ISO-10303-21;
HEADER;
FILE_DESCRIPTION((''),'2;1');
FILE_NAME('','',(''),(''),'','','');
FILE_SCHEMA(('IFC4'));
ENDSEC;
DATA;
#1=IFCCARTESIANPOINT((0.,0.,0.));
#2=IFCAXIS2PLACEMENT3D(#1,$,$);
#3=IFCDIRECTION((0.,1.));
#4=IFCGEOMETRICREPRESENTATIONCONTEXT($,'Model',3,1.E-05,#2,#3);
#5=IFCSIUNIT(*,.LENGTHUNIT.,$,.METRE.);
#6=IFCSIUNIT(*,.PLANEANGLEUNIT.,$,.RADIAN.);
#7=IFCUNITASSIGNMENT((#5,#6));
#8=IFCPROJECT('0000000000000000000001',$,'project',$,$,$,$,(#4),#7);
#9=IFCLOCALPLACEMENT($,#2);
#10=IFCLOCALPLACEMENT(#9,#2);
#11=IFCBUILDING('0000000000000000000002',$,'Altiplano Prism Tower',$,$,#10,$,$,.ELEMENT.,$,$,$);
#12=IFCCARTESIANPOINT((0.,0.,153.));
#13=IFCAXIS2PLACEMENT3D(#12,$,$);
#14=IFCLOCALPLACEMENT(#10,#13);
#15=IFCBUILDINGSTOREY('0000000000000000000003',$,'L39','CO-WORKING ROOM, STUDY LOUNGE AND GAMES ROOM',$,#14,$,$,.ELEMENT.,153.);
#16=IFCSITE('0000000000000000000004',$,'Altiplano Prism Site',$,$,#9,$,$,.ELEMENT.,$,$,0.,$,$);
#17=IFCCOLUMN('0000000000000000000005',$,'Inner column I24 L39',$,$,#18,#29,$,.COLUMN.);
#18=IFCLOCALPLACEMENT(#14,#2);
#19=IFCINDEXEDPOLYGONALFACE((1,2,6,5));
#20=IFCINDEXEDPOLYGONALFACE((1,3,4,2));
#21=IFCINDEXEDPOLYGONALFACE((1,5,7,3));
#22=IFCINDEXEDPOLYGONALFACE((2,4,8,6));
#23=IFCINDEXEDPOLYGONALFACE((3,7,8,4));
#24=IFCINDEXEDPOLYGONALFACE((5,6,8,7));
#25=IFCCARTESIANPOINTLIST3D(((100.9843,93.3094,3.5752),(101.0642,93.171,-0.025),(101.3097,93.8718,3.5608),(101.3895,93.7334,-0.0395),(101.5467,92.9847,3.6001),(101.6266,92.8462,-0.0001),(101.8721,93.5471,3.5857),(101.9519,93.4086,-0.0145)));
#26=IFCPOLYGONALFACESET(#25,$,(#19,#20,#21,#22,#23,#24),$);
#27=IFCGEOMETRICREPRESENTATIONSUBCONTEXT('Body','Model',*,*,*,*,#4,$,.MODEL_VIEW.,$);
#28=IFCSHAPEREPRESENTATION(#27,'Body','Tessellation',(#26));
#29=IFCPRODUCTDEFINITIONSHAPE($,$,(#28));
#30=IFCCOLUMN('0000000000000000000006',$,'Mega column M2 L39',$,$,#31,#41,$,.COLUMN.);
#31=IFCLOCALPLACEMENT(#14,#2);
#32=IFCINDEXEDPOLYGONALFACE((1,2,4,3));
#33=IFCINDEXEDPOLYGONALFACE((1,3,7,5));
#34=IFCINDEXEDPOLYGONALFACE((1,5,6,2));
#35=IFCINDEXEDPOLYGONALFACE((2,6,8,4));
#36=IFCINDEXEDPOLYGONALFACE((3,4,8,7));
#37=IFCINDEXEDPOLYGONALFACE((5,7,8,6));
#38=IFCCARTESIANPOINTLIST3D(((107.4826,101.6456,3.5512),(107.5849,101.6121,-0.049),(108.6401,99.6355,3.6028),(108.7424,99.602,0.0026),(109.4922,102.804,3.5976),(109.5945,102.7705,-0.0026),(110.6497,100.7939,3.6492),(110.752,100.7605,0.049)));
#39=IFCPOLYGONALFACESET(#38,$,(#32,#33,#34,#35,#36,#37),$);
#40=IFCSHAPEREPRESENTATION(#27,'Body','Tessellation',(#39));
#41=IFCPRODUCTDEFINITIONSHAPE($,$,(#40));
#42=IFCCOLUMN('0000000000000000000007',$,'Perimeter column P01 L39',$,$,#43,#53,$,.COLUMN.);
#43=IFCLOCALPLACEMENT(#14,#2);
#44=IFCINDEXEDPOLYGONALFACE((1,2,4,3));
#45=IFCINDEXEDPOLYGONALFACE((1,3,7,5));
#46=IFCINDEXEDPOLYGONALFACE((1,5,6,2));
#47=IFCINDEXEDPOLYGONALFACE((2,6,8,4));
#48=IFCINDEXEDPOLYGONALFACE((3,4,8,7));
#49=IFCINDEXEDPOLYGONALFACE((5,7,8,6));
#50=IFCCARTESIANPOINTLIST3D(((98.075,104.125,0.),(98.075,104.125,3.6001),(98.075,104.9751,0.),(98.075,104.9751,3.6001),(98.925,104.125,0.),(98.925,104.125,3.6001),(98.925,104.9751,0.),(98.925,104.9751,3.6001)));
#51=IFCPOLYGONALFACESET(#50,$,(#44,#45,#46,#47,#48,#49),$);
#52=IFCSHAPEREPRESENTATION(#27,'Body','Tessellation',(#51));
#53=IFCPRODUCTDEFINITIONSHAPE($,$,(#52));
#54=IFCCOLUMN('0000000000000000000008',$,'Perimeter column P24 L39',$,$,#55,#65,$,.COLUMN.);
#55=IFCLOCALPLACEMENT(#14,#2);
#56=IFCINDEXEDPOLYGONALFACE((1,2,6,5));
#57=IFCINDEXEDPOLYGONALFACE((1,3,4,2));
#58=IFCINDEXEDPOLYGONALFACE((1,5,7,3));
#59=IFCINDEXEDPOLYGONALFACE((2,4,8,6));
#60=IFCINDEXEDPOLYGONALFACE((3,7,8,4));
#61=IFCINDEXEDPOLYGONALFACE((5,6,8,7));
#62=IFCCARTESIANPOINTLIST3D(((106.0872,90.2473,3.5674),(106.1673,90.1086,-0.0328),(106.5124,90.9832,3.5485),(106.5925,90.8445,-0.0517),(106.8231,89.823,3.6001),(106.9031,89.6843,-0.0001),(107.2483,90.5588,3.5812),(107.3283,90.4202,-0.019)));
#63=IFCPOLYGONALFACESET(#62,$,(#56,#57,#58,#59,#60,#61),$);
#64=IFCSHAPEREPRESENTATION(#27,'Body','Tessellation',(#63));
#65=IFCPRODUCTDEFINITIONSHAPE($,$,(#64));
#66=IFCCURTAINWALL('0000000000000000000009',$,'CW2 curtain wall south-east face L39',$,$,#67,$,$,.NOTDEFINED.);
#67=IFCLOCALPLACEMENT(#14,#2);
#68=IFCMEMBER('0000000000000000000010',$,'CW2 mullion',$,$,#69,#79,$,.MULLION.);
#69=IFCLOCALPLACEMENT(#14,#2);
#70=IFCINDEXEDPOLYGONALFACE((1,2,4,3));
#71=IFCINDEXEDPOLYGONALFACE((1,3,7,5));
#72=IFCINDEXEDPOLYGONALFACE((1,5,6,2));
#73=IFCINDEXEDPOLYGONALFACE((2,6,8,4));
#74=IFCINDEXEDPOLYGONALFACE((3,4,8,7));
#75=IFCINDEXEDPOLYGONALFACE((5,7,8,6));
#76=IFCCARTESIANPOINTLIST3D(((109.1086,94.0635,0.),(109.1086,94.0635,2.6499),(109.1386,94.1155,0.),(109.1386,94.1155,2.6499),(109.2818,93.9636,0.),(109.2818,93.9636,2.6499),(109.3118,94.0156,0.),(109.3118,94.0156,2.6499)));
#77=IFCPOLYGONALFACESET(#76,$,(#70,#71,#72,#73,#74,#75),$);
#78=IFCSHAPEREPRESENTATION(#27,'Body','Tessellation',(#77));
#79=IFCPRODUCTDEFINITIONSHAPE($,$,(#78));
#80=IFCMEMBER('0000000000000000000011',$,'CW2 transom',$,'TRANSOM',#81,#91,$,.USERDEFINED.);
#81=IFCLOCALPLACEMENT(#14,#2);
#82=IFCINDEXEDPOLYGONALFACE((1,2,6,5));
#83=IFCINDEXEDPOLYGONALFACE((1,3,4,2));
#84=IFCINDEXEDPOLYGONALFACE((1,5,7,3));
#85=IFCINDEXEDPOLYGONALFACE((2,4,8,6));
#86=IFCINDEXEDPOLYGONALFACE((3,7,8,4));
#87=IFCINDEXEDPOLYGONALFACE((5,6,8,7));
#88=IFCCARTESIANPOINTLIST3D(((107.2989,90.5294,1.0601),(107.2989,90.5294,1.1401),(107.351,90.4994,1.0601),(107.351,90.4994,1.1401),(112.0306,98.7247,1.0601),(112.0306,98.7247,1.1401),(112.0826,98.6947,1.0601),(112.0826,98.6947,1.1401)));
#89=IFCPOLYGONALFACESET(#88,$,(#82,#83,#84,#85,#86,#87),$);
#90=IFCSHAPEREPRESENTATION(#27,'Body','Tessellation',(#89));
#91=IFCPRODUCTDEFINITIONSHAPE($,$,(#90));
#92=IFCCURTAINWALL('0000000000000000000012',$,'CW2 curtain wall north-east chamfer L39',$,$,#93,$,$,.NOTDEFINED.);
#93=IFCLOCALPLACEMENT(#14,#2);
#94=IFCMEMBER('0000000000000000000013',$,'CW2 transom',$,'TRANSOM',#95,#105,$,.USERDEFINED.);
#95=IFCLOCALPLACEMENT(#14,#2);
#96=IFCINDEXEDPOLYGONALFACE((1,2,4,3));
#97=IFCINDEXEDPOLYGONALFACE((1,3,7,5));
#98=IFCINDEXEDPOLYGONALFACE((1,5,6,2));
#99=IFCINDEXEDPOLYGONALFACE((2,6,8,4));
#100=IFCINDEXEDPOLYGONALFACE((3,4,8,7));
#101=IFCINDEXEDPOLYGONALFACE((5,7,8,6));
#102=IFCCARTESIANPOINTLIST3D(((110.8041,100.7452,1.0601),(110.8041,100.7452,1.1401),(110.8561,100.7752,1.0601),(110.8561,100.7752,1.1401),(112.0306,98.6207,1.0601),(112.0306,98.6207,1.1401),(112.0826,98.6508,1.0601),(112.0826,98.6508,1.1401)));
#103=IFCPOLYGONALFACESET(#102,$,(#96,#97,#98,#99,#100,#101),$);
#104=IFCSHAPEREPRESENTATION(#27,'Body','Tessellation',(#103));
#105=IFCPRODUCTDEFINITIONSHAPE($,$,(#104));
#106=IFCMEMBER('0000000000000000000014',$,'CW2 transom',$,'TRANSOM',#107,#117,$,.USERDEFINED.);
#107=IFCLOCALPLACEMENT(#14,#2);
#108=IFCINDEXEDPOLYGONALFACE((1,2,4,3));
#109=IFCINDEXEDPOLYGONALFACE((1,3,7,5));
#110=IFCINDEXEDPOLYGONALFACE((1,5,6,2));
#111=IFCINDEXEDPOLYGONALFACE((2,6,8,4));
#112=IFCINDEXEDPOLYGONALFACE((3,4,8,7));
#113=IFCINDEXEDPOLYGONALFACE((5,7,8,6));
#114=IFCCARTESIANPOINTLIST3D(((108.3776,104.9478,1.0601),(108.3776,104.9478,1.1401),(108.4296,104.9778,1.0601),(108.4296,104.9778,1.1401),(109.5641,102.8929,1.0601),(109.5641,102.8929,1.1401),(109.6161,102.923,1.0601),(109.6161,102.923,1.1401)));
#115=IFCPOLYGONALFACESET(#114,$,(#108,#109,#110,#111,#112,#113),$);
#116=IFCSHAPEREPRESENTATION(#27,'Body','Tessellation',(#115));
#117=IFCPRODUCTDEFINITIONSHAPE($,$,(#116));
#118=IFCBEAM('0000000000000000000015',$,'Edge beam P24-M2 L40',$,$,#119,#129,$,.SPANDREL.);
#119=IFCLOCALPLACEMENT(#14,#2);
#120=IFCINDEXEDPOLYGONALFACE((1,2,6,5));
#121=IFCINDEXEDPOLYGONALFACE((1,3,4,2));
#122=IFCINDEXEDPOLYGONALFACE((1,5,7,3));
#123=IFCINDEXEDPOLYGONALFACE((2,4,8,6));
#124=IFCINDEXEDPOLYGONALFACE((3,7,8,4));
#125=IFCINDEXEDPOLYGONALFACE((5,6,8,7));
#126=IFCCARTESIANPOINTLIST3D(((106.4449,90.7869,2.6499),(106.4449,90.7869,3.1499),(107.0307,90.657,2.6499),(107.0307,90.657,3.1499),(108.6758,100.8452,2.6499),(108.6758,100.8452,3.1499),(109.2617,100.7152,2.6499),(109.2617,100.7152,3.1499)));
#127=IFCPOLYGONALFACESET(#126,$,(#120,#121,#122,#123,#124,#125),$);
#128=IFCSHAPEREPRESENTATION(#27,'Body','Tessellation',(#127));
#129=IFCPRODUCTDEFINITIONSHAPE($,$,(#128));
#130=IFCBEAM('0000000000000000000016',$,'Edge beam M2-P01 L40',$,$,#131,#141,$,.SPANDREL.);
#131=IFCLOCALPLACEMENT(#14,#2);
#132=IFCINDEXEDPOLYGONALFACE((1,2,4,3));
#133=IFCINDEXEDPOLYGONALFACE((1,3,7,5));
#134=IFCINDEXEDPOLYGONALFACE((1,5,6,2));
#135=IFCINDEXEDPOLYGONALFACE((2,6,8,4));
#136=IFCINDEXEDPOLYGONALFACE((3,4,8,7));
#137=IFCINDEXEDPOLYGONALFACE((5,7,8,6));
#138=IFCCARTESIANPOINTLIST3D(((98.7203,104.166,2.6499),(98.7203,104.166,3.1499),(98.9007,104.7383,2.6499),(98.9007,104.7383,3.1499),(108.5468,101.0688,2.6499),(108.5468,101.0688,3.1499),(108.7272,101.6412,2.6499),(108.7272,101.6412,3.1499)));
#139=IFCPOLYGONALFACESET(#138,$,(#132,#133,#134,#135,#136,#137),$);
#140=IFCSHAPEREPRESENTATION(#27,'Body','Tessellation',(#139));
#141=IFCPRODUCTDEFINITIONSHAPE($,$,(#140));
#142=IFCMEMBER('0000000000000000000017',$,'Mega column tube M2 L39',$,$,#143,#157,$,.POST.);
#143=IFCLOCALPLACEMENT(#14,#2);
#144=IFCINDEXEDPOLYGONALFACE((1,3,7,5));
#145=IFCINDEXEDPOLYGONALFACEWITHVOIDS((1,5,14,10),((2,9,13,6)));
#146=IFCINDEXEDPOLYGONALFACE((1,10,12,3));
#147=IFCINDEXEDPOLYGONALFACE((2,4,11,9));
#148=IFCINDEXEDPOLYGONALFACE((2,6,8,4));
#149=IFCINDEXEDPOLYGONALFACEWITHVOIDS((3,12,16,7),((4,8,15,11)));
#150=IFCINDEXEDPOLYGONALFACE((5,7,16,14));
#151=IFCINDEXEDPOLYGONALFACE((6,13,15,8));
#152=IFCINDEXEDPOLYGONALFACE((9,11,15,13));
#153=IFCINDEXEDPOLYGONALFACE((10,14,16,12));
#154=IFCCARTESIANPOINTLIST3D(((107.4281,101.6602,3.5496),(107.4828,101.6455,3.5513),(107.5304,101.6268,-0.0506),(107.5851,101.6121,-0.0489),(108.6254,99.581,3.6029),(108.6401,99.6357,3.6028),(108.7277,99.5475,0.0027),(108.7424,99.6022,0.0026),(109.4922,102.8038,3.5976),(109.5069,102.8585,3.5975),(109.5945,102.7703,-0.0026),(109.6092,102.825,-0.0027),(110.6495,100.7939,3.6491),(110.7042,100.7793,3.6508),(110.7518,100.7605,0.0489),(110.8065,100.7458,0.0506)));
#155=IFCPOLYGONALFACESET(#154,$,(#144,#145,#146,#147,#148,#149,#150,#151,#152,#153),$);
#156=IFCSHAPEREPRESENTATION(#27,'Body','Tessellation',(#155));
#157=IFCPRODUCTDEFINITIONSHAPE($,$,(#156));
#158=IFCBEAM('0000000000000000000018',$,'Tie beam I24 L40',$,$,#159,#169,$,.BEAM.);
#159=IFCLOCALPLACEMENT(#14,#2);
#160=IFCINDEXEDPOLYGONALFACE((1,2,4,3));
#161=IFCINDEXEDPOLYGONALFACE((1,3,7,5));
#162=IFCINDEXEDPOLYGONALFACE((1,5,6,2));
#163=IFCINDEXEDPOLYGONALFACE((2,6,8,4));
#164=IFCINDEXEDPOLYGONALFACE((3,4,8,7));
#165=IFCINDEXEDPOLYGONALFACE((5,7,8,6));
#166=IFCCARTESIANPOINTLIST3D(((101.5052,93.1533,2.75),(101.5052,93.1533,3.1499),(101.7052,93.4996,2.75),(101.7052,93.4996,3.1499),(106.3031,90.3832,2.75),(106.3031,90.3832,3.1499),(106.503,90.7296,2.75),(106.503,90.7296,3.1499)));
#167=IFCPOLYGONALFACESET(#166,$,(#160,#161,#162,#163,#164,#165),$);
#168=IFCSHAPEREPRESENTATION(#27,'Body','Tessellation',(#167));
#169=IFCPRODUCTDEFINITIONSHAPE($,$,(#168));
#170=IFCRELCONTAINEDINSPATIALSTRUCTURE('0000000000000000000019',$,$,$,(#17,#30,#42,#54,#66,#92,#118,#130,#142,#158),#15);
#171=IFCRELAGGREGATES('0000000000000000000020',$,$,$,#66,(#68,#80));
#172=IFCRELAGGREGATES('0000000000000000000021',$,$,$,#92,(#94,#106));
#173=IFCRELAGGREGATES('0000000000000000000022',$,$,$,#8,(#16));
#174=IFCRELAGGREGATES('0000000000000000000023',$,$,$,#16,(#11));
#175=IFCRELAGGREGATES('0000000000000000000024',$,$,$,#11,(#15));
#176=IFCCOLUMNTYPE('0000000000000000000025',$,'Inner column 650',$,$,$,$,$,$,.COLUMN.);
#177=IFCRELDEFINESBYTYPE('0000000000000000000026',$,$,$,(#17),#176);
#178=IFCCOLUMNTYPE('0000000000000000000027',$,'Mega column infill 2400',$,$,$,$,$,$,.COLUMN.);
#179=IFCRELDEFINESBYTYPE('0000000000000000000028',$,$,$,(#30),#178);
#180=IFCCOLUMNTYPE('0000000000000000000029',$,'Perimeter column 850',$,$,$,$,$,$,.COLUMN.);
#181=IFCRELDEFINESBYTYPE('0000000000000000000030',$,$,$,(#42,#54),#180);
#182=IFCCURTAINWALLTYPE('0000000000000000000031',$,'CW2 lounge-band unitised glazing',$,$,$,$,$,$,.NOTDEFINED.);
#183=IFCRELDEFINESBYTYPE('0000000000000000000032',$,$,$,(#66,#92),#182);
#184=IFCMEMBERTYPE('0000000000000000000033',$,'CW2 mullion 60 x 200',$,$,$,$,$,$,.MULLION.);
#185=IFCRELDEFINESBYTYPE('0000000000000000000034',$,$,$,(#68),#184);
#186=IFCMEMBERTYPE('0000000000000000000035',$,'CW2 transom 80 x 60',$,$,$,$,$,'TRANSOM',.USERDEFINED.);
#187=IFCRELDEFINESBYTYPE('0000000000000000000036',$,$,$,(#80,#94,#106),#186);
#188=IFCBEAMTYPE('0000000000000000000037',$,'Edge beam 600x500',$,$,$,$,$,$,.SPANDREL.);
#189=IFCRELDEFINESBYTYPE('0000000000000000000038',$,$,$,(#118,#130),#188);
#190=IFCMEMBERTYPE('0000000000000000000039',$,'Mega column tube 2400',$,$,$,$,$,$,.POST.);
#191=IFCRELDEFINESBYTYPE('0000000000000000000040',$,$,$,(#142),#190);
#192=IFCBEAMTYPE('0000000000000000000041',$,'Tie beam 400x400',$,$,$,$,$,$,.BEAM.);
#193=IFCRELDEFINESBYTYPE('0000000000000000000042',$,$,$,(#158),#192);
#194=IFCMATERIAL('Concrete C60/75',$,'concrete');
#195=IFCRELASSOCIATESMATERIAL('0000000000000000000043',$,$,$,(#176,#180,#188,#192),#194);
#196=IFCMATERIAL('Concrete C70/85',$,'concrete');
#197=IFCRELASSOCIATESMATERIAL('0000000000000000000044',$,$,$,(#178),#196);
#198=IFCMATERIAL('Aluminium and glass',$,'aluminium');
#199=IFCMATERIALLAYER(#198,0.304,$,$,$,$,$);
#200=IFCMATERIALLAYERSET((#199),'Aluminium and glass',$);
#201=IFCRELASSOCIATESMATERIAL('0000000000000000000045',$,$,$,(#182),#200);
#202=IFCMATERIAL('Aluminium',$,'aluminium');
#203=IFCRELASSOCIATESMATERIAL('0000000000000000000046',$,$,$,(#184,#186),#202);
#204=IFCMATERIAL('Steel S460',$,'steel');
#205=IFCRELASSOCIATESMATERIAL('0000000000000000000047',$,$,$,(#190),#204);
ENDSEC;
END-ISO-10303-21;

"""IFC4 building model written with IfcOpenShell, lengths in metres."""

from ifc_helpers import new_model, si_unit, direction, frame, origin, origin_2d, place, context, subcontext, project, spatial, rectangle, hollow_rectangle, extrude, material, layer, layer_set, material_profile, profile_set, type_object, element, aggregate, save


model = new_model("IFC4")

# Units and contexts
model_context = context("Model", 3, precision=1e-05, world=origin(), true_north=direction((0.0, 1.0)))
body_context = subcontext(model_context, "Body", "Model", "MODEL_VIEW")
ifc_project = project(units=[si_unit("LENGTHUNIT", "METRE"), si_unit("PLANEANGLEUNIT", "RADIAN")], contexts=[model_context])

# Site, building, storey
site_placement = place(None, origin())
site = spatial("IfcSite", under=ifc_project, at=site_placement, Name="Altiplano Prism Site", CompositionType="ELEMENT", RefElevation=0.0)
building_placement = place(site_placement, origin())
building = spatial("IfcBuilding", under=site, at=building_placement, Name="Altiplano Prism Tower", CompositionType="ELEMENT")
storey_placement = place(building_placement, frame((0.0, 0.0, 153.0)))
storey = spatial("IfcBuildingStorey", under=building, at=storey_placement, Name="L39", Description="CO-WORKING ROOM, STUDY LOUNGE AND GAMES ROOM", CompositionType="ELEMENT", Elevation=153.0)

# Columns
ifc_material_1 = material(Name="Concrete C60/75", Category="concrete")
ifc_material_profile_1 = material_profile(ifc_material_1, rectangle(XDim=0.6499, YDim=0.6499, at=origin_2d()), Name="Inner column 650")
ifc_profile_set_1 = profile_set([ifc_material_profile_1], Name="Concrete C60/75")
column_type_1 = type_object("IfcColumnType", Name="Inner column 650", PredefinedType="COLUMN", material=ifc_profile_set_1)
column_1_placement = place(storey_placement, frame((101.5081, 93.2898, -0.0198), z_axis=(-0.022154, 0.038413, 0.999016), x_axis=(-0.500657, -0.865362, 0.022172)))
element("IfcColumn", 1, at=column_1_placement, inside=storey, type_object=column_type_1, Name="Inner column I24 L39", PredefinedType="COLUMN", context=body_context, shape_type="SweptSolid", body=[
    extrude(rectangle(XDim=0.6499, YDim=0.6499, at=origin_2d()), origin(), (0.0, 0.0, 1.0), 3.6038),
])
ifc_material_2 = material(Name="Concrete C70/85", Category="concrete")
ifc_material_profile_2 = material_profile(ifc_material_2, rectangle(XDim=2.3201, YDim=2.3201, at=origin_2d()), Name="Mega column infill 2400")
ifc_profile_set_2 = profile_set([ifc_material_profile_2], Name="Concrete C70/85")
column_type_2 = type_object("IfcColumnType", Name="Mega column infill 2400", PredefinedType="COLUMN", material=ifc_profile_set_2)
column_2_placement = place(storey_placement, frame((109.1685, 101.1863, 0.0), z_axis=(-0.028402, 0.009287, 0.999553), x_axis=(0.498892, -0.866379, 0.022225)))
element("IfcColumn", 2, at=column_2_placement, inside=storey, type_object=column_type_2, Name="Mega column M2 L39", PredefinedType="COLUMN", context=body_context, shape_type="SweptSolid", body=[
    extrude(rectangle(XDim=2.3201, YDim=2.3201, at=origin_2d()), origin(), (0.0, 0.0, 1.0), 3.6018),
])
ifc_material_profile_3 = material_profile(ifc_material_1, rectangle(XDim=0.8501, YDim=0.8501, at=origin_2d()), Name="Perimeter column 850")
ifc_profile_set_3 = profile_set([ifc_material_profile_3], Name="Concrete C60/75")
column_type_3 = type_object("IfcColumnType", Name="Perimeter column 850", PredefinedType="COLUMN", material=ifc_profile_set_3)
column_3_placement = place(storey_placement, frame((98.5, 104.55, 0.0), z_axis=(0.0, 0.0, 1.0), x_axis=(1.0, 0.0, 0.0)))
element("IfcColumn", 3, at=column_3_placement, inside=storey, type_object=column_type_3, Name="Perimeter column P01 L39", PredefinedType="COLUMN", context=body_context, shape_type="SweptSolid", body=[
    extrude(rectangle(XDim=0.8501, YDim=0.8501, at=origin_2d()), origin(), (0.0, 0.0, 1.0), 3.6001),
])
column_4_placement = place(storey_placement, frame((106.7478, 90.2644, -0.0259), z_axis=(-0.022221, 0.038481, 0.999012), x_axis=(-0.500175, -0.865639, 0.022218)))
element("IfcColumn", 4, at=column_4_placement, inside=storey, type_object=column_type_3, Name="Perimeter column P24 L39", PredefinedType="COLUMN", context=body_context, shape_type="SweptSolid", body=[
    extrude(rectangle(XDim=0.8501, YDim=0.8501, at=origin_2d()), origin(), (0.0, 0.0, 1.0), 3.6038),
])

# Curtain walls, members
ifc_material_3 = material(Name="Aluminium and glass", Category="aluminium")
ifc_layer_1 = layer(ifc_material_3, 0.304)
ifc_layer_set_1 = layer_set([ifc_layer_1], Name="Aluminium and glass")
curtain_wall_type = type_object("IfcCurtainWallType", Name="CW2 lounge-band unitised glazing", PredefinedType="NOTDEFINED", material=ifc_layer_set_1)
curtain_wall_1_placement = place(storey_placement, origin())
curtain_wall_1 = element("IfcCurtainWall", 5, at=curtain_wall_1_placement, inside=storey, type_object=curtain_wall_type, Name="CW2 curtain wall south-east face L39", PredefinedType="NOTDEFINED")
ifc_material_4 = material(Name="Aluminium", Category="aluminium")
ifc_material_profile_4 = material_profile(ifc_material_4, rectangle(XDim=0.2, YDim=0.0601, at=origin_2d()), Name="CW2 mullion 60 x 200")
ifc_profile_set_4 = profile_set([ifc_material_profile_4], Name="Aluminium")
member_type_1 = type_object("IfcMemberType", Name="CW2 mullion 60 x 200", PredefinedType="MULLION", material=ifc_profile_set_4)
member_1_placement = place(storey_placement, frame((109.2102, 94.0396, 0.0), z_axis=(0.0, 0.0, 1.0), x_axis=(-0.866025, 0.5, 0.0)))
member_1 = element("IfcMember", 6, at=member_1_placement, type_object=member_type_1, Name="CW2 mullion", PredefinedType="MULLION", context=body_context, shape_type="SweptSolid", body=[
    extrude(rectangle(XDim=0.2, YDim=0.0601, at=origin_2d()), origin(), (0.0, 0.0, 1.0), 2.6499),
])
ifc_material_profile_5 = material_profile(ifc_material_4, rectangle(XDim=0.0601, YDim=0.0801, at=origin_2d()), Name="CW2 transom 80 x 60")
ifc_profile_set_5 = profile_set([ifc_material_profile_5], Name="Aluminium")
member_type_2 = type_object("IfcMemberType", Name="CW2 transom 80 x 60", ElementType="TRANSOM", PredefinedType="USERDEFINED", material=ifc_profile_set_5)
member_2_placement = place(storey_placement, frame((107.325, 90.5144, 1.1001), z_axis=(0.50001, 0.86602, 0.0), x_axis=(-0.86602, 0.50001, 0.0)))
member_2 = element("IfcMember", 7, at=member_2_placement, type_object=member_type_2, Name="CW2 transom", ObjectType="TRANSOM", PredefinedType="USERDEFINED", context=body_context, shape_type="SweptSolid", body=[
    extrude(rectangle(XDim=0.0601, YDim=0.0801, at=origin_2d()), origin(), (0.0, 0.0, 1.0), 9.4631),
])
curtain_wall_2_placement = place(storey_placement, origin())
curtain_wall_2 = element("IfcCurtainWall", 8, at=curtain_wall_2_placement, inside=storey, type_object=curtain_wall_type, Name="CW2 curtain wall north-east chamfer L39", PredefinedType="NOTDEFINED")
member_3_placement = place(storey_placement, frame((112.0566, 98.6357, 1.1001), z_axis=(-0.499992, 0.86603, 0.0), x_axis=(-0.86603, -0.499992, 0.0)))
member_3 = element("IfcMember", 9, at=member_3_placement, type_object=member_type_2, Name="CW2 transom", ObjectType="TRANSOM", PredefinedType="USERDEFINED", context=body_context, shape_type="SweptSolid", body=[
    extrude(rectangle(XDim=0.0601, YDim=0.0801, at=origin_2d()), origin(), (0.0, 0.0, 1.0), 2.4531),
])
member_4_placement = place(storey_placement, frame((109.5901, 102.908, 1.1001), z_axis=(-0.500034, 0.866006, 0.0), x_axis=(-0.866006, -0.500034, 0.0)))
member_4 = element("IfcMember", 10, at=member_4_placement, type_object=member_type_2, Name="CW2 transom", ObjectType="TRANSOM", PredefinedType="USERDEFINED", context=body_context, shape_type="SweptSolid", body=[
    extrude(rectangle(XDim=0.0601, YDim=0.0801, at=origin_2d()), origin(), (0.0, 0.0, 1.0), 2.3728),
])

# Beams
ifc_material_profile_6 = material_profile(ifc_material_1, rectangle(XDim=0.6001, YDim=0.5, at=origin_2d()), Name="Edge beam 600x500")
ifc_profile_set_6 = profile_set([ifc_material_profile_6], Name="Concrete C60/75")
beam_type_1 = type_object("IfcBeamType", Name="Edge beam 600x500", PredefinedType="SPANDREL", material=ifc_profile_set_6)
beam_1_placement = place(storey_placement, frame((106.7378, 90.7219, 2.8999), z_axis=(0.216539, 0.976274, 0.0), x_axis=(-0.976274, 0.216539, 0.0)))
element("IfcBeam", 11, at=beam_1_placement, inside=storey, type_object=beam_type_1, Name="Edge beam P24-M2 L40", PredefinedType="SPANDREL", context=body_context, shape_type="SweptSolid", body=[
    extrude(rectangle(XDim=0.6001, YDim=0.5, at=origin_2d()), origin(), (0.0, 0.0, 1.0), 10.3027),
])
beam_2_placement = place(storey_placement, frame((108.637, 101.355, 2.8999), z_axis=(-0.953747, 0.30061, 0.0), x_axis=(-0.30061, -0.953747, 0.0)))
element("IfcBeam", 12, at=beam_2_placement, inside=storey, type_object=beam_type_1, Name="Edge beam M2-P01 L40", PredefinedType="SPANDREL", context=body_context, shape_type="SweptSolid", body=[
    extrude(rectangle(XDim=0.6001, YDim=0.5, at=origin_2d()), origin(), (0.0, 0.0, 1.0), 10.303),
])

# Member
ifc_material_5 = material(Name="Steel S460", Category="steel")
ifc_material_profile_7 = material_profile(ifc_material_5, hollow_rectangle(XDim=2.3999, YDim=2.3999, WallThickness=0.04, at=origin_2d()), Name="Mega column tube 2400")
ifc_profile_set_7 = profile_set([ifc_material_profile_7], Name="Steel S460")
member_type_3 = type_object("IfcMemberType", Name="Mega column tube 2400", PredefinedType="POST", material=ifc_profile_set_7)
member_5_placement = place(storey_placement, frame((109.1685, 101.1863, 0.0), z_axis=(-0.028402, 0.009287, 0.999553), x_axis=(0.498892, -0.866379, 0.022225)))
element("IfcMember", 13, at=member_5_placement, inside=storey, type_object=member_type_3, Name="Mega column tube M2 L39", PredefinedType="POST", context=body_context, shape_type="SweptSolid", body=[
    extrude(hollow_rectangle(XDim=2.3999, YDim=2.3999, WallThickness=0.04, at=origin_2d()), origin(), (0.0, 0.0, 1.0), 3.6018),
])

# Beam
ifc_material_profile_8 = material_profile(ifc_material_1, rectangle(XDim=0.3999, YDim=0.3999, at=origin_2d()), Name="Tie beam 400x400")
ifc_profile_set_8 = profile_set([ifc_material_profile_8], Name="Concrete C60/75")
beam_type_2 = type_object("IfcBeamType", Name="Tie beam 400x400", PredefinedType="BEAM", material=ifc_profile_set_8)
beam_3_placement = place(storey_placement, frame((101.6052, 93.3264, 2.95), z_axis=(0.866027, -0.499997, 0.0), x_axis=(0.499997, 0.866027, 0.0)))
element("IfcBeam", 14, at=beam_3_placement, inside=storey, type_object=beam_type_2, Name="Tie beam I24 L40", PredefinedType="BEAM", context=body_context, shape_type="SweptSolid", body=[
    extrude(rectangle(XDim=0.3999, YDim=0.3999, at=origin_2d()), origin(), (0.0, 0.0, 1.0), 5.54),
])

aggregate(curtain_wall_1, [member_1, member_2])
aggregate(curtain_wall_2, [member_3, member_4])

save(model, "model.ifc")
